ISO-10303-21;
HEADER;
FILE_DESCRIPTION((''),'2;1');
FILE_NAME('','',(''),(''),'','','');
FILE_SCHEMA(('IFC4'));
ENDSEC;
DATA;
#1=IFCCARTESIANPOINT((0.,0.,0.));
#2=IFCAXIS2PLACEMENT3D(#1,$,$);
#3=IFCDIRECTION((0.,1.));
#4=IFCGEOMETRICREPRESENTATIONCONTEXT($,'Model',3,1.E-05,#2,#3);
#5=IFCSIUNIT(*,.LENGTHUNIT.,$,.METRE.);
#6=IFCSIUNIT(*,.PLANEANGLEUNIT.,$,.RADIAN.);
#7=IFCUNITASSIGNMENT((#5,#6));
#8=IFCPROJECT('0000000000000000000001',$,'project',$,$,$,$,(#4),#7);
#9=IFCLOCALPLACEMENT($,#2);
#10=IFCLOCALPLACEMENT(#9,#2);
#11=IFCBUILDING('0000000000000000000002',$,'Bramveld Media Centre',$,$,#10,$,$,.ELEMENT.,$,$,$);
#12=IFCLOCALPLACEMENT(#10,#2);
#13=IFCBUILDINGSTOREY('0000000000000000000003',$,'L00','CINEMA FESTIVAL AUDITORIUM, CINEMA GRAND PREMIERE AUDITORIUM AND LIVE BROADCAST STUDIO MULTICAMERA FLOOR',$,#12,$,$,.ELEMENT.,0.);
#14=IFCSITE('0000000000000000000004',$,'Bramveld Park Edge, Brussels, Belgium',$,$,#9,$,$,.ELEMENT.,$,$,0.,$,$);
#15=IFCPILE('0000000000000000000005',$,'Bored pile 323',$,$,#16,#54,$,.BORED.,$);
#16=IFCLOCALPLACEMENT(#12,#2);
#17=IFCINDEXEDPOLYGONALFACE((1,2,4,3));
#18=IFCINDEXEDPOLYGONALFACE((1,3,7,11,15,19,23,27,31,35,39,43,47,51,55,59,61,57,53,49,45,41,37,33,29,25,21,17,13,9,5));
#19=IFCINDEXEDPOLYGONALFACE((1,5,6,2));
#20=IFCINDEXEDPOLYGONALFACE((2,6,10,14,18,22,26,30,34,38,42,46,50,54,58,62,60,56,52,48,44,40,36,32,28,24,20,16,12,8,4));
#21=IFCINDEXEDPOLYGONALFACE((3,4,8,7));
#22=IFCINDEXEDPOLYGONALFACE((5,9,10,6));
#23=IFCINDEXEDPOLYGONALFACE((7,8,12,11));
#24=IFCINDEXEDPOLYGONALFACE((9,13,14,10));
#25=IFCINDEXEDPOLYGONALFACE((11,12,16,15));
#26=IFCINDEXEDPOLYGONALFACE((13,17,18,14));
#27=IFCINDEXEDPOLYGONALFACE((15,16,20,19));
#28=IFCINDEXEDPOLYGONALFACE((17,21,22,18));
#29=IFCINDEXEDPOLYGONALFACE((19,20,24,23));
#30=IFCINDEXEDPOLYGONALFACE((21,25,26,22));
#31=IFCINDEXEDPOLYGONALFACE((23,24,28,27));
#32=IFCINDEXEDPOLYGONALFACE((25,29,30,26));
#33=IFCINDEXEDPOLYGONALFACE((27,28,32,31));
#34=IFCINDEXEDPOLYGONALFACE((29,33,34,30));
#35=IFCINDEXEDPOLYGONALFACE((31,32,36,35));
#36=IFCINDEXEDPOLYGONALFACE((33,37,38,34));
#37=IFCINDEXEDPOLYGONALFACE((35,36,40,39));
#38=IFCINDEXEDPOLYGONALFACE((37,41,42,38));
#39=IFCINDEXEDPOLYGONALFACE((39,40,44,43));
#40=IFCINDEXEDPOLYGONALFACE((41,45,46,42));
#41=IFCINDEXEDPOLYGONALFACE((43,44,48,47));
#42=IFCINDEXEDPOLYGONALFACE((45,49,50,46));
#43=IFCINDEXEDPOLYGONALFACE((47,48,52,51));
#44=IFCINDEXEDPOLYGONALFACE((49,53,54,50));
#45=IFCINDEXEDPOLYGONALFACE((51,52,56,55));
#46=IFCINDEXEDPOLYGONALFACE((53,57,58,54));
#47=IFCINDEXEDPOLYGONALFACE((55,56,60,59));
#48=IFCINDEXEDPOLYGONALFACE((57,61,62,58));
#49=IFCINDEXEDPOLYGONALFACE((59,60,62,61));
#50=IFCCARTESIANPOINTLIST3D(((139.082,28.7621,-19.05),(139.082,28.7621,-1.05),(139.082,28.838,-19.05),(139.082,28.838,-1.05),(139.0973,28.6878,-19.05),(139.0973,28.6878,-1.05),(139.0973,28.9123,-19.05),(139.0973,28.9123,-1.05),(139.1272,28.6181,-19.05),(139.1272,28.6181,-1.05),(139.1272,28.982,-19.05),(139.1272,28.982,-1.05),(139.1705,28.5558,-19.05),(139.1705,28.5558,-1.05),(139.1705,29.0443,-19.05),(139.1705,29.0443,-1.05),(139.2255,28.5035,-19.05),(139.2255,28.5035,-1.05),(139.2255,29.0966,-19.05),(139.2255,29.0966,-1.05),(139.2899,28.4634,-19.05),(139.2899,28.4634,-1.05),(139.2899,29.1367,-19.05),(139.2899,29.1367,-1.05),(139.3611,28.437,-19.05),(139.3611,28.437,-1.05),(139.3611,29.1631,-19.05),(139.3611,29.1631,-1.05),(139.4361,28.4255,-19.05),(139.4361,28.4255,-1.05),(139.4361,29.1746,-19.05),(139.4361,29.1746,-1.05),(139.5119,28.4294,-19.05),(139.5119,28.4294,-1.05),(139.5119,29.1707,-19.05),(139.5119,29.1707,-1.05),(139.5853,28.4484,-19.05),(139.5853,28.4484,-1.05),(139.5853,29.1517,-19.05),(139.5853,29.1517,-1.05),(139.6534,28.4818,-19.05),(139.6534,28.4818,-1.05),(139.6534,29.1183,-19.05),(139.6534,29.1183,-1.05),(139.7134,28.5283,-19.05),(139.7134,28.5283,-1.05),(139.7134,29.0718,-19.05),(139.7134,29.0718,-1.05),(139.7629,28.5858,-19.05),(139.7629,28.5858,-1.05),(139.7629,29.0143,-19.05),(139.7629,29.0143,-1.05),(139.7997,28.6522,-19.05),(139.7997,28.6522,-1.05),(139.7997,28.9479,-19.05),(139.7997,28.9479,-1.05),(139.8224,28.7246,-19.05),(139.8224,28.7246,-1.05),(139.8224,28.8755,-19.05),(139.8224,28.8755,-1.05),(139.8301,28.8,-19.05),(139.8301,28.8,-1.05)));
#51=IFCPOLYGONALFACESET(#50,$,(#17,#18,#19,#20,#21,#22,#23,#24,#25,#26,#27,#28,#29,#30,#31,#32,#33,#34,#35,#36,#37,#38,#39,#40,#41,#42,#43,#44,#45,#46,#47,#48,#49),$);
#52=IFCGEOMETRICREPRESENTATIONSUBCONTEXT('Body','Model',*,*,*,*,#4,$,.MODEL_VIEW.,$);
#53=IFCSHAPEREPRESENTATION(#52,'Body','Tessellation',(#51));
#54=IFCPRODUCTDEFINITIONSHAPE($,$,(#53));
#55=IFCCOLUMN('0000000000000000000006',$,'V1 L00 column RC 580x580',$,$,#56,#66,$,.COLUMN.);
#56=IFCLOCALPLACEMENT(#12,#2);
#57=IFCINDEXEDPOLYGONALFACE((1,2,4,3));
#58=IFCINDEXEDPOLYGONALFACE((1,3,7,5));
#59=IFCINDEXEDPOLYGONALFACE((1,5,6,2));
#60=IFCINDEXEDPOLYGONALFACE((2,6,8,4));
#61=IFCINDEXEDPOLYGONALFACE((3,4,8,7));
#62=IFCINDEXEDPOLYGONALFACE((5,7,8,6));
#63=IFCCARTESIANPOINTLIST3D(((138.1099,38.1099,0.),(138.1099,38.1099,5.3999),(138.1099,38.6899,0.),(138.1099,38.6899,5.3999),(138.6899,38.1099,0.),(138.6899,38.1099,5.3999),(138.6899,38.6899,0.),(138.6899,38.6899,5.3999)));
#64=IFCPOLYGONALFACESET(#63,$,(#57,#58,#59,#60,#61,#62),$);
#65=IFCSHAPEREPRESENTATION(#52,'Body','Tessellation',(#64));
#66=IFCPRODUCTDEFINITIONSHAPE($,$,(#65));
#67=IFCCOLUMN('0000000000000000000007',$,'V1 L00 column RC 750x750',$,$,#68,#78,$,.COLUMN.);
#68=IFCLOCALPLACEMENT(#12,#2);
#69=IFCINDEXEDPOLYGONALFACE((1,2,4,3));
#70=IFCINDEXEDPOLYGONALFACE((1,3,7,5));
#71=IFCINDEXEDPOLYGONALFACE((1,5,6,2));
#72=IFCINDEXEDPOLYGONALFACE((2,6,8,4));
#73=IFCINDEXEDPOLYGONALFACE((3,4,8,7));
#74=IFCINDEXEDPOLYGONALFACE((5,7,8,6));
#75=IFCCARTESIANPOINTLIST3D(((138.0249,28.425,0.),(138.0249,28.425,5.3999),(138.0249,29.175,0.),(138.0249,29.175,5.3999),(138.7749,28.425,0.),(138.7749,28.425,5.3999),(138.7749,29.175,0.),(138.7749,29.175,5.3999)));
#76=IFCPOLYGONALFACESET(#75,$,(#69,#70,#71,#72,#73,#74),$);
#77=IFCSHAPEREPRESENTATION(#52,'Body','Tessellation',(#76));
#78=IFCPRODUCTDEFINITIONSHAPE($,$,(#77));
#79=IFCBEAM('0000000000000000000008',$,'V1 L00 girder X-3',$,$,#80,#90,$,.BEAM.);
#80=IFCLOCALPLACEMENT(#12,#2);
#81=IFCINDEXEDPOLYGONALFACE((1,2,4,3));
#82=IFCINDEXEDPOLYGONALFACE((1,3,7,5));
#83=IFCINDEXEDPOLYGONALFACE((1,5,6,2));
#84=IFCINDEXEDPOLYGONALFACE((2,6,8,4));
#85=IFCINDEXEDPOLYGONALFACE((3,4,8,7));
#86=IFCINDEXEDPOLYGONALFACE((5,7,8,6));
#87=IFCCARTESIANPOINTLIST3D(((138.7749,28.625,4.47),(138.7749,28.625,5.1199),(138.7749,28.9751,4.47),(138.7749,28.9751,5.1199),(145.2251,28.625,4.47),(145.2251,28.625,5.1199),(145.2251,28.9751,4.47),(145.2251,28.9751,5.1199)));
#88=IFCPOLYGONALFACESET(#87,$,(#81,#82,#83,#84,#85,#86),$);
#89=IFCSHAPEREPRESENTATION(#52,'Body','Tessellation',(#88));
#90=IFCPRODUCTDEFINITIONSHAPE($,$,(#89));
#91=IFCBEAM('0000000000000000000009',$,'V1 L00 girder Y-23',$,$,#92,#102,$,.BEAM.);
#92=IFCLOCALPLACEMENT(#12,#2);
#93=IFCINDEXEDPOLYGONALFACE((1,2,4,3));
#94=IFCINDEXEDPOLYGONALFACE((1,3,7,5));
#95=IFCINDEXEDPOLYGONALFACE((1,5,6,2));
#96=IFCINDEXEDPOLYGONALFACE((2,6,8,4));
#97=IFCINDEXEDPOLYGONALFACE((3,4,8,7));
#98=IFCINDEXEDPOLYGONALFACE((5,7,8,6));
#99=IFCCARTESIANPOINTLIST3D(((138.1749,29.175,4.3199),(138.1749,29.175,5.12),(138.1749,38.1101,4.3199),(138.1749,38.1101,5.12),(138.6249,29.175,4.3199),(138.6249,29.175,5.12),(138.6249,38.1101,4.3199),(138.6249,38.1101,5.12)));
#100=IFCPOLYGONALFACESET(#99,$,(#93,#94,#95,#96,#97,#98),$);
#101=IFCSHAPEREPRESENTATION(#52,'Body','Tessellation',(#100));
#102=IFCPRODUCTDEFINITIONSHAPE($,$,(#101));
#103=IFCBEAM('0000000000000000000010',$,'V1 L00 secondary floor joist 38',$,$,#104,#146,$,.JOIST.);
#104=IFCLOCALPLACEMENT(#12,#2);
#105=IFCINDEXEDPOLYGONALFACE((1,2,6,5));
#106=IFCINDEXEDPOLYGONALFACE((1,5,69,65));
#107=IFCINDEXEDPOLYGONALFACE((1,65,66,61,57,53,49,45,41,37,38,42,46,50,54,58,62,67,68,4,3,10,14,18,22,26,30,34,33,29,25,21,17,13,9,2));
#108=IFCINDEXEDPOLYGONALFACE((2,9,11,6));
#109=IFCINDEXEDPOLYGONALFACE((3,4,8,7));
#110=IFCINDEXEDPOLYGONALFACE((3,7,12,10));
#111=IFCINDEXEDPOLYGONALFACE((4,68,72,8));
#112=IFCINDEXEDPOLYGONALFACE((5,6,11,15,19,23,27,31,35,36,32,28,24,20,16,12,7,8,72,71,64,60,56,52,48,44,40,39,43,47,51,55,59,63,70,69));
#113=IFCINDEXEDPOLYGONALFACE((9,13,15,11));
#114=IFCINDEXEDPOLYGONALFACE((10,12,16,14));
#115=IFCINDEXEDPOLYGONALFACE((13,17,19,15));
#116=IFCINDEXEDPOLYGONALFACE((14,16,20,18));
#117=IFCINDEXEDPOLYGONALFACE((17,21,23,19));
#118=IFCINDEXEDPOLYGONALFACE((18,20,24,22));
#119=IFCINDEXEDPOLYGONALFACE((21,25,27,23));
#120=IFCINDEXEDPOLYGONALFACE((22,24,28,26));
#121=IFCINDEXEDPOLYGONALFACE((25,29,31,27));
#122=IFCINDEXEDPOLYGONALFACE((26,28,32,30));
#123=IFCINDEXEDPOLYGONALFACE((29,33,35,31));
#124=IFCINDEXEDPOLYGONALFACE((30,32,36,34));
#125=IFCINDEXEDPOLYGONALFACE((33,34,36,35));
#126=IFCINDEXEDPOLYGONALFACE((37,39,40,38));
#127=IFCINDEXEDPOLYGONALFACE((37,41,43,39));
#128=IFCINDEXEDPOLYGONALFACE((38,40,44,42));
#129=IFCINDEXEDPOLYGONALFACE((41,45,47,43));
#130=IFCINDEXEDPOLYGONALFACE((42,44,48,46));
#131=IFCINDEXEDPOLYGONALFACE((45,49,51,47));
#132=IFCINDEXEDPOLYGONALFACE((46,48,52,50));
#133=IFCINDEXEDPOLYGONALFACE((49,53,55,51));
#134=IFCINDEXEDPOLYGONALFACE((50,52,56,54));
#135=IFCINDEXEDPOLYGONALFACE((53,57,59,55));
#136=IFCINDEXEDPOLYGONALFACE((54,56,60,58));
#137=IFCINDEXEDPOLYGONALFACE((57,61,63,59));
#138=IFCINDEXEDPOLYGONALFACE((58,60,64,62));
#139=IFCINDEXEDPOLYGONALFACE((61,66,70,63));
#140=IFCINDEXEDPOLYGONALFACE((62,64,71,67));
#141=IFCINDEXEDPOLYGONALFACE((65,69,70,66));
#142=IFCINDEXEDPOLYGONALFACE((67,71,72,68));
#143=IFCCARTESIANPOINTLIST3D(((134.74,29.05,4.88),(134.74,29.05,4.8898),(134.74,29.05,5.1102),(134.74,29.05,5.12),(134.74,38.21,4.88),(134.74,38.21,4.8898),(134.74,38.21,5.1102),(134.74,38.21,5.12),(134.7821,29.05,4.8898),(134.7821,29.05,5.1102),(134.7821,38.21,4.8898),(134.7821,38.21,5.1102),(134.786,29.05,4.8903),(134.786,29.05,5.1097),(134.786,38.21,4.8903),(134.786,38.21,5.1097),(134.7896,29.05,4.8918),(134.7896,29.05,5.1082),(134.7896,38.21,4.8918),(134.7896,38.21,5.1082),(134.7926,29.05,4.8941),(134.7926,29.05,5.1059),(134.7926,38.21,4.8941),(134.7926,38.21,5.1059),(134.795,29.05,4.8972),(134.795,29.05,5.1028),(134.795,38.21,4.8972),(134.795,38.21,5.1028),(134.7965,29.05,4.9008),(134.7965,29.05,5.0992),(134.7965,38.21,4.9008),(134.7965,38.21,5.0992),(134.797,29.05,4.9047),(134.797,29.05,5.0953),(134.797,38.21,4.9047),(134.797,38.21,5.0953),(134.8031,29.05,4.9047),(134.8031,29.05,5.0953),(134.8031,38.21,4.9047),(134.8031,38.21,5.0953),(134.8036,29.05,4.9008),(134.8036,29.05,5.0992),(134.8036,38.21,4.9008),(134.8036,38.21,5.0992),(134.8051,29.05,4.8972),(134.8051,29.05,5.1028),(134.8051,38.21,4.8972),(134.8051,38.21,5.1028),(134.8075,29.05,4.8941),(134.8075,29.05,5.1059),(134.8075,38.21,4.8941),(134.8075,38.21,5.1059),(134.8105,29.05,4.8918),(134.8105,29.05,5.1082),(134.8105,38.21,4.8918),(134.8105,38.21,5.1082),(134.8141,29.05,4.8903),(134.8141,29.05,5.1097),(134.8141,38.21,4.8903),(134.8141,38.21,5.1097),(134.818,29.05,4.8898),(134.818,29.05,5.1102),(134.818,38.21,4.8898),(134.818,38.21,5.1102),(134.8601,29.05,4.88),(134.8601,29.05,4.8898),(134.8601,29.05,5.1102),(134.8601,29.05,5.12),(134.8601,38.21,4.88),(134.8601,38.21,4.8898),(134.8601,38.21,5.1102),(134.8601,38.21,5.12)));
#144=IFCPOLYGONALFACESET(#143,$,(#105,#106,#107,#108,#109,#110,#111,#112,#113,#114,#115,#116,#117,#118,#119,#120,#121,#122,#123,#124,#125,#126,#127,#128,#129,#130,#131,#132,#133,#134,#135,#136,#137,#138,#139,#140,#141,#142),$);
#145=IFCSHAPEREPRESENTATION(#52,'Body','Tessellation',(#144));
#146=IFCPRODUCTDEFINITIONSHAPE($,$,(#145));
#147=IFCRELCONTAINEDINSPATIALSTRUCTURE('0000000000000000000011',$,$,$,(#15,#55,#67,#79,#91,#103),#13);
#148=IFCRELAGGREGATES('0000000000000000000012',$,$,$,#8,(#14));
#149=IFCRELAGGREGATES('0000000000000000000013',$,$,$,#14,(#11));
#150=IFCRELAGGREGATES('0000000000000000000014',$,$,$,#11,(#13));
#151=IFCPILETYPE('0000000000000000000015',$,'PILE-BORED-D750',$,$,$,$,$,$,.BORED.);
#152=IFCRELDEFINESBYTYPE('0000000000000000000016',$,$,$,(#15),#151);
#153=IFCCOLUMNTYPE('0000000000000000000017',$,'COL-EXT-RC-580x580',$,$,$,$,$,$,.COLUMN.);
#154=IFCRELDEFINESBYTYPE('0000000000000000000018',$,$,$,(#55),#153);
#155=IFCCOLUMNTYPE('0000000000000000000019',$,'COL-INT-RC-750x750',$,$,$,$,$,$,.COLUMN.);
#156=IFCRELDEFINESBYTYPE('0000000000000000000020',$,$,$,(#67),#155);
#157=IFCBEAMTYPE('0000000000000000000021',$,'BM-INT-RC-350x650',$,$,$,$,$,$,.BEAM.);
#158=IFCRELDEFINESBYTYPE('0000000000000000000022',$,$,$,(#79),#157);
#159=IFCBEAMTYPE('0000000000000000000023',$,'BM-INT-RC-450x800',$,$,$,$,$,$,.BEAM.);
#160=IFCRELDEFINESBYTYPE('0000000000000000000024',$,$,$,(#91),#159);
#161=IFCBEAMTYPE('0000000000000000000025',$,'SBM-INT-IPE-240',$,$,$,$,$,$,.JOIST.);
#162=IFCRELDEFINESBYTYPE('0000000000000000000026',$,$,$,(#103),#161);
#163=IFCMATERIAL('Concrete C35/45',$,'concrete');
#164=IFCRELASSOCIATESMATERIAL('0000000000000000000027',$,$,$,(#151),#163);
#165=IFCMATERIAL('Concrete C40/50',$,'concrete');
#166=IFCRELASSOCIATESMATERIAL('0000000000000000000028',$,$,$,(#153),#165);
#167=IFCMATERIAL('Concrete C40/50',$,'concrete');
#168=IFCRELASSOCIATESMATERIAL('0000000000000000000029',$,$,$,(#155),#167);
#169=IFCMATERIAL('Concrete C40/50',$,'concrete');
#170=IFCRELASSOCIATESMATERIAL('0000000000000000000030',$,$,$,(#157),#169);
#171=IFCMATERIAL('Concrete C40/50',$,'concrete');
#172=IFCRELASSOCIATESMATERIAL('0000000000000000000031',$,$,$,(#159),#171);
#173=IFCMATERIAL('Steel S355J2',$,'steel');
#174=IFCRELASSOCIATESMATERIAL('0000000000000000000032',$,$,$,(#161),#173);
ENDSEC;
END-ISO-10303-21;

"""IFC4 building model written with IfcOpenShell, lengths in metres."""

from ifc_helpers import new_model, si_unit, direction, frame, origin, origin_2d, place, context, subcontext, project, spatial, rectangle, circle, i_section, extrude, material, material_profile, profile_set, type_object, element, save


model = new_model("IFC4")

# Units and contexts
model_context = context("Model", 3, precision=1e-05, world=origin(), true_north=direction((0.0, 1.0)))
body_context = subcontext(model_context, "Body", "Model", "MODEL_VIEW")
ifc_project = project(units=[si_unit("LENGTHUNIT", "METRE"), si_unit("PLANEANGLEUNIT", "RADIAN")], contexts=[model_context])

# Site, building, storey
site_placement = place(None, origin())
site = spatial("IfcSite", under=ifc_project, at=site_placement, Name="Bramveld Park Edge, Brussels, Belgium", CompositionType="ELEMENT", RefElevation=0.0)
building_placement = place(site_placement, origin())
building = spatial("IfcBuilding", under=site, at=building_placement, Name="Bramveld Media Centre", CompositionType="ELEMENT")
storey_placement = place(building_placement, origin())
storey = spatial("IfcBuildingStorey", under=building, at=storey_placement, Name="L00", Description="CINEMA FESTIVAL AUDITORIUM, CINEMA GRAND PREMIERE AUDITORIUM AND LIVE BROADCAST STUDIO MULTICAMERA FLOOR", CompositionType="ELEMENT", Elevation=0.0)

# Pile
ifc_material_1 = material(Name="Concrete C35/45", Category="concrete")
ifc_material_profile_1 = material_profile(ifc_material_1, circle(Radius=0.375, at=origin_2d()), Name="BORED D750")
ifc_profile_set_1 = profile_set([ifc_material_profile_1], Name="Concrete C35/45")
pile_type_1 = type_object("IfcPileType", Name="PILE-BORED-D750", PredefinedType="BORED", material=ifc_profile_set_1)
for number, where, z_axis, x_axis, name in (
    (1, (139.4551, 28.8, -1.05), (0.0, 0.0, -1.0), (1.0, 0.0, 0.0), "Bored pile 323"),
):
    element("IfcPile", number, at=place(storey_placement, frame(where, z_axis=z_axis, x_axis=x_axis)), inside=storey, type_object=pile_type_1, Name=name, PredefinedType="BORED", context=body_context, shape_type="SweptSolid", body=[
        extrude(circle(Radius=0.375, at=origin_2d()), origin(), (0.0, 0.0, 1.0), 18.0),
    ])

# Columns
ifc_material_2 = material(Name="Concrete C40/50", Category="concrete")
ifc_material_profile_2 = material_profile(ifc_material_2, rectangle(XDim=0.5801, YDim=0.5801, at=origin_2d()), Name="RC 580x580")
ifc_profile_set_2 = profile_set([ifc_material_profile_2], Name="Concrete C40/50")
column_type_1 = type_object("IfcColumnType", Name="COL-EXT-RC-580x580", PredefinedType="COLUMN", material=ifc_profile_set_2)
column_1_placement = place(storey_placement, frame((138.3999, 38.3999, 0.0), z_axis=(0.0, 0.0, 1.0), x_axis=(1.0, 0.0, 0.0)))
element("IfcColumn", 2, at=column_1_placement, inside=storey, type_object=column_type_1, Name="V1 L00 column RC 580x580", PredefinedType="COLUMN", context=body_context, shape_type="SweptSolid", body=[
    extrude(rectangle(XDim=0.5801, YDim=0.5801, at=origin_2d()), origin(), (0.0, 0.0, 1.0), 5.3999),
])
ifc_material_3 = material(Name="Concrete C40/50", Category="concrete")
ifc_material_profile_3 = material_profile(ifc_material_3, rectangle(XDim=0.75, YDim=0.75, at=origin_2d()), Name="RC 750x750")
ifc_profile_set_3 = profile_set([ifc_material_profile_3], Name="Concrete C40/50")
column_type_2 = type_object("IfcColumnType", Name="COL-INT-RC-750x750", PredefinedType="COLUMN", material=ifc_profile_set_3)
column_2_placement = place(storey_placement, frame((138.3999, 28.8, 0.0), z_axis=(0.0, 0.0, 1.0), x_axis=(1.0, 0.0, 0.0)))
element("IfcColumn", 3, at=column_2_placement, inside=storey, type_object=column_type_2, Name="V1 L00 column RC 750x750", PredefinedType="COLUMN", context=body_context, shape_type="SweptSolid", body=[
    extrude(rectangle(XDim=0.75, YDim=0.75, at=origin_2d()), origin(), (0.0, 0.0, 1.0), 5.3999),
])

# Beams
ifc_material_4 = material(Name="Concrete C40/50", Category="concrete")
ifc_material_profile_4 = material_profile(ifc_material_4, rectangle(XDim=0.3501, YDim=0.6499, at=origin_2d()), Name="RC 350x650")
ifc_profile_set_4 = profile_set([ifc_material_profile_4], Name="Concrete C40/50")
beam_type_1 = type_object("IfcBeamType", Name="BM-INT-RC-350x650", PredefinedType="BEAM", material=ifc_profile_set_4)
beam_1_placement = place(storey_placement, frame((138.7749, 28.8, 4.7949), z_axis=(1.0, 0.0, 0.0), x_axis=(0.0, 1.0, 0.0)))
element("IfcBeam", 4, at=beam_1_placement, inside=storey, type_object=beam_type_1, Name="V1 L00 girder X-3", PredefinedType="BEAM", context=body_context, shape_type="SweptSolid", body=[
    extrude(rectangle(XDim=0.3501, YDim=0.6499, at=origin_2d()), origin(), (0.0, 0.0, 1.0), 6.4502),
])
ifc_material_5 = material(Name="Concrete C40/50", Category="concrete")
ifc_material_profile_5 = material_profile(ifc_material_5, rectangle(XDim=0.45, YDim=0.8, at=origin_2d()), Name="RC 450x800")
ifc_profile_set_5 = profile_set([ifc_material_profile_5], Name="Concrete C40/50")
beam_type_2 = type_object("IfcBeamType", Name="BM-INT-RC-450x800", PredefinedType="BEAM", material=ifc_profile_set_5)
beam_2_placement = place(storey_placement, frame((138.3999, 29.175, 4.72), z_axis=(0.0, 1.0, 0.0), x_axis=(-1.0, 0.0, 0.0)))
element("IfcBeam", 5, at=beam_2_placement, inside=storey, type_object=beam_type_2, Name="V1 L00 girder Y-23", PredefinedType="BEAM", context=body_context, shape_type="SweptSolid", body=[
    extrude(rectangle(XDim=0.45, YDim=0.8, at=origin_2d()), origin(), (0.0, 0.0, 1.0), 8.9351),
])
ifc_material_6 = material(Name="Steel S355J2", Category="steel")
ifc_material_profile_6 = material_profile(ifc_material_6, i_section(OverallWidth=0.1201, OverallDepth=0.24, WebThickness=0.0061, FlangeThickness=0.0098, FilletRadius=0.0149, at=origin_2d()), Name="IPE 240")
ifc_profile_set_6 = profile_set([ifc_material_profile_6], Name="Steel S355J2")
beam_type_3 = type_object("IfcBeamType", Name="SBM-INT-IPE-240", PredefinedType="JOIST", material=ifc_profile_set_6)
beam_3_placement = place(storey_placement, frame((134.8, 29.05, 5.0), z_axis=(0.0, 1.0, 0.0), x_axis=(-1.0, 0.0, 0.0)))
element("IfcBeam", 6, at=beam_3_placement, inside=storey, type_object=beam_type_3, Name="V1 L00 secondary floor joist 38", PredefinedType="JOIST", context=body_context, shape_type="SweptSolid", body=[
    extrude(i_section(OverallWidth=0.1201, OverallDepth=0.24, WebThickness=0.0061, FlangeThickness=0.0098, FilletRadius=0.0149, at=origin_2d()), origin(), (0.0, 0.0, 1.0), 9.1599),
])

save(model, "model.ifc")
